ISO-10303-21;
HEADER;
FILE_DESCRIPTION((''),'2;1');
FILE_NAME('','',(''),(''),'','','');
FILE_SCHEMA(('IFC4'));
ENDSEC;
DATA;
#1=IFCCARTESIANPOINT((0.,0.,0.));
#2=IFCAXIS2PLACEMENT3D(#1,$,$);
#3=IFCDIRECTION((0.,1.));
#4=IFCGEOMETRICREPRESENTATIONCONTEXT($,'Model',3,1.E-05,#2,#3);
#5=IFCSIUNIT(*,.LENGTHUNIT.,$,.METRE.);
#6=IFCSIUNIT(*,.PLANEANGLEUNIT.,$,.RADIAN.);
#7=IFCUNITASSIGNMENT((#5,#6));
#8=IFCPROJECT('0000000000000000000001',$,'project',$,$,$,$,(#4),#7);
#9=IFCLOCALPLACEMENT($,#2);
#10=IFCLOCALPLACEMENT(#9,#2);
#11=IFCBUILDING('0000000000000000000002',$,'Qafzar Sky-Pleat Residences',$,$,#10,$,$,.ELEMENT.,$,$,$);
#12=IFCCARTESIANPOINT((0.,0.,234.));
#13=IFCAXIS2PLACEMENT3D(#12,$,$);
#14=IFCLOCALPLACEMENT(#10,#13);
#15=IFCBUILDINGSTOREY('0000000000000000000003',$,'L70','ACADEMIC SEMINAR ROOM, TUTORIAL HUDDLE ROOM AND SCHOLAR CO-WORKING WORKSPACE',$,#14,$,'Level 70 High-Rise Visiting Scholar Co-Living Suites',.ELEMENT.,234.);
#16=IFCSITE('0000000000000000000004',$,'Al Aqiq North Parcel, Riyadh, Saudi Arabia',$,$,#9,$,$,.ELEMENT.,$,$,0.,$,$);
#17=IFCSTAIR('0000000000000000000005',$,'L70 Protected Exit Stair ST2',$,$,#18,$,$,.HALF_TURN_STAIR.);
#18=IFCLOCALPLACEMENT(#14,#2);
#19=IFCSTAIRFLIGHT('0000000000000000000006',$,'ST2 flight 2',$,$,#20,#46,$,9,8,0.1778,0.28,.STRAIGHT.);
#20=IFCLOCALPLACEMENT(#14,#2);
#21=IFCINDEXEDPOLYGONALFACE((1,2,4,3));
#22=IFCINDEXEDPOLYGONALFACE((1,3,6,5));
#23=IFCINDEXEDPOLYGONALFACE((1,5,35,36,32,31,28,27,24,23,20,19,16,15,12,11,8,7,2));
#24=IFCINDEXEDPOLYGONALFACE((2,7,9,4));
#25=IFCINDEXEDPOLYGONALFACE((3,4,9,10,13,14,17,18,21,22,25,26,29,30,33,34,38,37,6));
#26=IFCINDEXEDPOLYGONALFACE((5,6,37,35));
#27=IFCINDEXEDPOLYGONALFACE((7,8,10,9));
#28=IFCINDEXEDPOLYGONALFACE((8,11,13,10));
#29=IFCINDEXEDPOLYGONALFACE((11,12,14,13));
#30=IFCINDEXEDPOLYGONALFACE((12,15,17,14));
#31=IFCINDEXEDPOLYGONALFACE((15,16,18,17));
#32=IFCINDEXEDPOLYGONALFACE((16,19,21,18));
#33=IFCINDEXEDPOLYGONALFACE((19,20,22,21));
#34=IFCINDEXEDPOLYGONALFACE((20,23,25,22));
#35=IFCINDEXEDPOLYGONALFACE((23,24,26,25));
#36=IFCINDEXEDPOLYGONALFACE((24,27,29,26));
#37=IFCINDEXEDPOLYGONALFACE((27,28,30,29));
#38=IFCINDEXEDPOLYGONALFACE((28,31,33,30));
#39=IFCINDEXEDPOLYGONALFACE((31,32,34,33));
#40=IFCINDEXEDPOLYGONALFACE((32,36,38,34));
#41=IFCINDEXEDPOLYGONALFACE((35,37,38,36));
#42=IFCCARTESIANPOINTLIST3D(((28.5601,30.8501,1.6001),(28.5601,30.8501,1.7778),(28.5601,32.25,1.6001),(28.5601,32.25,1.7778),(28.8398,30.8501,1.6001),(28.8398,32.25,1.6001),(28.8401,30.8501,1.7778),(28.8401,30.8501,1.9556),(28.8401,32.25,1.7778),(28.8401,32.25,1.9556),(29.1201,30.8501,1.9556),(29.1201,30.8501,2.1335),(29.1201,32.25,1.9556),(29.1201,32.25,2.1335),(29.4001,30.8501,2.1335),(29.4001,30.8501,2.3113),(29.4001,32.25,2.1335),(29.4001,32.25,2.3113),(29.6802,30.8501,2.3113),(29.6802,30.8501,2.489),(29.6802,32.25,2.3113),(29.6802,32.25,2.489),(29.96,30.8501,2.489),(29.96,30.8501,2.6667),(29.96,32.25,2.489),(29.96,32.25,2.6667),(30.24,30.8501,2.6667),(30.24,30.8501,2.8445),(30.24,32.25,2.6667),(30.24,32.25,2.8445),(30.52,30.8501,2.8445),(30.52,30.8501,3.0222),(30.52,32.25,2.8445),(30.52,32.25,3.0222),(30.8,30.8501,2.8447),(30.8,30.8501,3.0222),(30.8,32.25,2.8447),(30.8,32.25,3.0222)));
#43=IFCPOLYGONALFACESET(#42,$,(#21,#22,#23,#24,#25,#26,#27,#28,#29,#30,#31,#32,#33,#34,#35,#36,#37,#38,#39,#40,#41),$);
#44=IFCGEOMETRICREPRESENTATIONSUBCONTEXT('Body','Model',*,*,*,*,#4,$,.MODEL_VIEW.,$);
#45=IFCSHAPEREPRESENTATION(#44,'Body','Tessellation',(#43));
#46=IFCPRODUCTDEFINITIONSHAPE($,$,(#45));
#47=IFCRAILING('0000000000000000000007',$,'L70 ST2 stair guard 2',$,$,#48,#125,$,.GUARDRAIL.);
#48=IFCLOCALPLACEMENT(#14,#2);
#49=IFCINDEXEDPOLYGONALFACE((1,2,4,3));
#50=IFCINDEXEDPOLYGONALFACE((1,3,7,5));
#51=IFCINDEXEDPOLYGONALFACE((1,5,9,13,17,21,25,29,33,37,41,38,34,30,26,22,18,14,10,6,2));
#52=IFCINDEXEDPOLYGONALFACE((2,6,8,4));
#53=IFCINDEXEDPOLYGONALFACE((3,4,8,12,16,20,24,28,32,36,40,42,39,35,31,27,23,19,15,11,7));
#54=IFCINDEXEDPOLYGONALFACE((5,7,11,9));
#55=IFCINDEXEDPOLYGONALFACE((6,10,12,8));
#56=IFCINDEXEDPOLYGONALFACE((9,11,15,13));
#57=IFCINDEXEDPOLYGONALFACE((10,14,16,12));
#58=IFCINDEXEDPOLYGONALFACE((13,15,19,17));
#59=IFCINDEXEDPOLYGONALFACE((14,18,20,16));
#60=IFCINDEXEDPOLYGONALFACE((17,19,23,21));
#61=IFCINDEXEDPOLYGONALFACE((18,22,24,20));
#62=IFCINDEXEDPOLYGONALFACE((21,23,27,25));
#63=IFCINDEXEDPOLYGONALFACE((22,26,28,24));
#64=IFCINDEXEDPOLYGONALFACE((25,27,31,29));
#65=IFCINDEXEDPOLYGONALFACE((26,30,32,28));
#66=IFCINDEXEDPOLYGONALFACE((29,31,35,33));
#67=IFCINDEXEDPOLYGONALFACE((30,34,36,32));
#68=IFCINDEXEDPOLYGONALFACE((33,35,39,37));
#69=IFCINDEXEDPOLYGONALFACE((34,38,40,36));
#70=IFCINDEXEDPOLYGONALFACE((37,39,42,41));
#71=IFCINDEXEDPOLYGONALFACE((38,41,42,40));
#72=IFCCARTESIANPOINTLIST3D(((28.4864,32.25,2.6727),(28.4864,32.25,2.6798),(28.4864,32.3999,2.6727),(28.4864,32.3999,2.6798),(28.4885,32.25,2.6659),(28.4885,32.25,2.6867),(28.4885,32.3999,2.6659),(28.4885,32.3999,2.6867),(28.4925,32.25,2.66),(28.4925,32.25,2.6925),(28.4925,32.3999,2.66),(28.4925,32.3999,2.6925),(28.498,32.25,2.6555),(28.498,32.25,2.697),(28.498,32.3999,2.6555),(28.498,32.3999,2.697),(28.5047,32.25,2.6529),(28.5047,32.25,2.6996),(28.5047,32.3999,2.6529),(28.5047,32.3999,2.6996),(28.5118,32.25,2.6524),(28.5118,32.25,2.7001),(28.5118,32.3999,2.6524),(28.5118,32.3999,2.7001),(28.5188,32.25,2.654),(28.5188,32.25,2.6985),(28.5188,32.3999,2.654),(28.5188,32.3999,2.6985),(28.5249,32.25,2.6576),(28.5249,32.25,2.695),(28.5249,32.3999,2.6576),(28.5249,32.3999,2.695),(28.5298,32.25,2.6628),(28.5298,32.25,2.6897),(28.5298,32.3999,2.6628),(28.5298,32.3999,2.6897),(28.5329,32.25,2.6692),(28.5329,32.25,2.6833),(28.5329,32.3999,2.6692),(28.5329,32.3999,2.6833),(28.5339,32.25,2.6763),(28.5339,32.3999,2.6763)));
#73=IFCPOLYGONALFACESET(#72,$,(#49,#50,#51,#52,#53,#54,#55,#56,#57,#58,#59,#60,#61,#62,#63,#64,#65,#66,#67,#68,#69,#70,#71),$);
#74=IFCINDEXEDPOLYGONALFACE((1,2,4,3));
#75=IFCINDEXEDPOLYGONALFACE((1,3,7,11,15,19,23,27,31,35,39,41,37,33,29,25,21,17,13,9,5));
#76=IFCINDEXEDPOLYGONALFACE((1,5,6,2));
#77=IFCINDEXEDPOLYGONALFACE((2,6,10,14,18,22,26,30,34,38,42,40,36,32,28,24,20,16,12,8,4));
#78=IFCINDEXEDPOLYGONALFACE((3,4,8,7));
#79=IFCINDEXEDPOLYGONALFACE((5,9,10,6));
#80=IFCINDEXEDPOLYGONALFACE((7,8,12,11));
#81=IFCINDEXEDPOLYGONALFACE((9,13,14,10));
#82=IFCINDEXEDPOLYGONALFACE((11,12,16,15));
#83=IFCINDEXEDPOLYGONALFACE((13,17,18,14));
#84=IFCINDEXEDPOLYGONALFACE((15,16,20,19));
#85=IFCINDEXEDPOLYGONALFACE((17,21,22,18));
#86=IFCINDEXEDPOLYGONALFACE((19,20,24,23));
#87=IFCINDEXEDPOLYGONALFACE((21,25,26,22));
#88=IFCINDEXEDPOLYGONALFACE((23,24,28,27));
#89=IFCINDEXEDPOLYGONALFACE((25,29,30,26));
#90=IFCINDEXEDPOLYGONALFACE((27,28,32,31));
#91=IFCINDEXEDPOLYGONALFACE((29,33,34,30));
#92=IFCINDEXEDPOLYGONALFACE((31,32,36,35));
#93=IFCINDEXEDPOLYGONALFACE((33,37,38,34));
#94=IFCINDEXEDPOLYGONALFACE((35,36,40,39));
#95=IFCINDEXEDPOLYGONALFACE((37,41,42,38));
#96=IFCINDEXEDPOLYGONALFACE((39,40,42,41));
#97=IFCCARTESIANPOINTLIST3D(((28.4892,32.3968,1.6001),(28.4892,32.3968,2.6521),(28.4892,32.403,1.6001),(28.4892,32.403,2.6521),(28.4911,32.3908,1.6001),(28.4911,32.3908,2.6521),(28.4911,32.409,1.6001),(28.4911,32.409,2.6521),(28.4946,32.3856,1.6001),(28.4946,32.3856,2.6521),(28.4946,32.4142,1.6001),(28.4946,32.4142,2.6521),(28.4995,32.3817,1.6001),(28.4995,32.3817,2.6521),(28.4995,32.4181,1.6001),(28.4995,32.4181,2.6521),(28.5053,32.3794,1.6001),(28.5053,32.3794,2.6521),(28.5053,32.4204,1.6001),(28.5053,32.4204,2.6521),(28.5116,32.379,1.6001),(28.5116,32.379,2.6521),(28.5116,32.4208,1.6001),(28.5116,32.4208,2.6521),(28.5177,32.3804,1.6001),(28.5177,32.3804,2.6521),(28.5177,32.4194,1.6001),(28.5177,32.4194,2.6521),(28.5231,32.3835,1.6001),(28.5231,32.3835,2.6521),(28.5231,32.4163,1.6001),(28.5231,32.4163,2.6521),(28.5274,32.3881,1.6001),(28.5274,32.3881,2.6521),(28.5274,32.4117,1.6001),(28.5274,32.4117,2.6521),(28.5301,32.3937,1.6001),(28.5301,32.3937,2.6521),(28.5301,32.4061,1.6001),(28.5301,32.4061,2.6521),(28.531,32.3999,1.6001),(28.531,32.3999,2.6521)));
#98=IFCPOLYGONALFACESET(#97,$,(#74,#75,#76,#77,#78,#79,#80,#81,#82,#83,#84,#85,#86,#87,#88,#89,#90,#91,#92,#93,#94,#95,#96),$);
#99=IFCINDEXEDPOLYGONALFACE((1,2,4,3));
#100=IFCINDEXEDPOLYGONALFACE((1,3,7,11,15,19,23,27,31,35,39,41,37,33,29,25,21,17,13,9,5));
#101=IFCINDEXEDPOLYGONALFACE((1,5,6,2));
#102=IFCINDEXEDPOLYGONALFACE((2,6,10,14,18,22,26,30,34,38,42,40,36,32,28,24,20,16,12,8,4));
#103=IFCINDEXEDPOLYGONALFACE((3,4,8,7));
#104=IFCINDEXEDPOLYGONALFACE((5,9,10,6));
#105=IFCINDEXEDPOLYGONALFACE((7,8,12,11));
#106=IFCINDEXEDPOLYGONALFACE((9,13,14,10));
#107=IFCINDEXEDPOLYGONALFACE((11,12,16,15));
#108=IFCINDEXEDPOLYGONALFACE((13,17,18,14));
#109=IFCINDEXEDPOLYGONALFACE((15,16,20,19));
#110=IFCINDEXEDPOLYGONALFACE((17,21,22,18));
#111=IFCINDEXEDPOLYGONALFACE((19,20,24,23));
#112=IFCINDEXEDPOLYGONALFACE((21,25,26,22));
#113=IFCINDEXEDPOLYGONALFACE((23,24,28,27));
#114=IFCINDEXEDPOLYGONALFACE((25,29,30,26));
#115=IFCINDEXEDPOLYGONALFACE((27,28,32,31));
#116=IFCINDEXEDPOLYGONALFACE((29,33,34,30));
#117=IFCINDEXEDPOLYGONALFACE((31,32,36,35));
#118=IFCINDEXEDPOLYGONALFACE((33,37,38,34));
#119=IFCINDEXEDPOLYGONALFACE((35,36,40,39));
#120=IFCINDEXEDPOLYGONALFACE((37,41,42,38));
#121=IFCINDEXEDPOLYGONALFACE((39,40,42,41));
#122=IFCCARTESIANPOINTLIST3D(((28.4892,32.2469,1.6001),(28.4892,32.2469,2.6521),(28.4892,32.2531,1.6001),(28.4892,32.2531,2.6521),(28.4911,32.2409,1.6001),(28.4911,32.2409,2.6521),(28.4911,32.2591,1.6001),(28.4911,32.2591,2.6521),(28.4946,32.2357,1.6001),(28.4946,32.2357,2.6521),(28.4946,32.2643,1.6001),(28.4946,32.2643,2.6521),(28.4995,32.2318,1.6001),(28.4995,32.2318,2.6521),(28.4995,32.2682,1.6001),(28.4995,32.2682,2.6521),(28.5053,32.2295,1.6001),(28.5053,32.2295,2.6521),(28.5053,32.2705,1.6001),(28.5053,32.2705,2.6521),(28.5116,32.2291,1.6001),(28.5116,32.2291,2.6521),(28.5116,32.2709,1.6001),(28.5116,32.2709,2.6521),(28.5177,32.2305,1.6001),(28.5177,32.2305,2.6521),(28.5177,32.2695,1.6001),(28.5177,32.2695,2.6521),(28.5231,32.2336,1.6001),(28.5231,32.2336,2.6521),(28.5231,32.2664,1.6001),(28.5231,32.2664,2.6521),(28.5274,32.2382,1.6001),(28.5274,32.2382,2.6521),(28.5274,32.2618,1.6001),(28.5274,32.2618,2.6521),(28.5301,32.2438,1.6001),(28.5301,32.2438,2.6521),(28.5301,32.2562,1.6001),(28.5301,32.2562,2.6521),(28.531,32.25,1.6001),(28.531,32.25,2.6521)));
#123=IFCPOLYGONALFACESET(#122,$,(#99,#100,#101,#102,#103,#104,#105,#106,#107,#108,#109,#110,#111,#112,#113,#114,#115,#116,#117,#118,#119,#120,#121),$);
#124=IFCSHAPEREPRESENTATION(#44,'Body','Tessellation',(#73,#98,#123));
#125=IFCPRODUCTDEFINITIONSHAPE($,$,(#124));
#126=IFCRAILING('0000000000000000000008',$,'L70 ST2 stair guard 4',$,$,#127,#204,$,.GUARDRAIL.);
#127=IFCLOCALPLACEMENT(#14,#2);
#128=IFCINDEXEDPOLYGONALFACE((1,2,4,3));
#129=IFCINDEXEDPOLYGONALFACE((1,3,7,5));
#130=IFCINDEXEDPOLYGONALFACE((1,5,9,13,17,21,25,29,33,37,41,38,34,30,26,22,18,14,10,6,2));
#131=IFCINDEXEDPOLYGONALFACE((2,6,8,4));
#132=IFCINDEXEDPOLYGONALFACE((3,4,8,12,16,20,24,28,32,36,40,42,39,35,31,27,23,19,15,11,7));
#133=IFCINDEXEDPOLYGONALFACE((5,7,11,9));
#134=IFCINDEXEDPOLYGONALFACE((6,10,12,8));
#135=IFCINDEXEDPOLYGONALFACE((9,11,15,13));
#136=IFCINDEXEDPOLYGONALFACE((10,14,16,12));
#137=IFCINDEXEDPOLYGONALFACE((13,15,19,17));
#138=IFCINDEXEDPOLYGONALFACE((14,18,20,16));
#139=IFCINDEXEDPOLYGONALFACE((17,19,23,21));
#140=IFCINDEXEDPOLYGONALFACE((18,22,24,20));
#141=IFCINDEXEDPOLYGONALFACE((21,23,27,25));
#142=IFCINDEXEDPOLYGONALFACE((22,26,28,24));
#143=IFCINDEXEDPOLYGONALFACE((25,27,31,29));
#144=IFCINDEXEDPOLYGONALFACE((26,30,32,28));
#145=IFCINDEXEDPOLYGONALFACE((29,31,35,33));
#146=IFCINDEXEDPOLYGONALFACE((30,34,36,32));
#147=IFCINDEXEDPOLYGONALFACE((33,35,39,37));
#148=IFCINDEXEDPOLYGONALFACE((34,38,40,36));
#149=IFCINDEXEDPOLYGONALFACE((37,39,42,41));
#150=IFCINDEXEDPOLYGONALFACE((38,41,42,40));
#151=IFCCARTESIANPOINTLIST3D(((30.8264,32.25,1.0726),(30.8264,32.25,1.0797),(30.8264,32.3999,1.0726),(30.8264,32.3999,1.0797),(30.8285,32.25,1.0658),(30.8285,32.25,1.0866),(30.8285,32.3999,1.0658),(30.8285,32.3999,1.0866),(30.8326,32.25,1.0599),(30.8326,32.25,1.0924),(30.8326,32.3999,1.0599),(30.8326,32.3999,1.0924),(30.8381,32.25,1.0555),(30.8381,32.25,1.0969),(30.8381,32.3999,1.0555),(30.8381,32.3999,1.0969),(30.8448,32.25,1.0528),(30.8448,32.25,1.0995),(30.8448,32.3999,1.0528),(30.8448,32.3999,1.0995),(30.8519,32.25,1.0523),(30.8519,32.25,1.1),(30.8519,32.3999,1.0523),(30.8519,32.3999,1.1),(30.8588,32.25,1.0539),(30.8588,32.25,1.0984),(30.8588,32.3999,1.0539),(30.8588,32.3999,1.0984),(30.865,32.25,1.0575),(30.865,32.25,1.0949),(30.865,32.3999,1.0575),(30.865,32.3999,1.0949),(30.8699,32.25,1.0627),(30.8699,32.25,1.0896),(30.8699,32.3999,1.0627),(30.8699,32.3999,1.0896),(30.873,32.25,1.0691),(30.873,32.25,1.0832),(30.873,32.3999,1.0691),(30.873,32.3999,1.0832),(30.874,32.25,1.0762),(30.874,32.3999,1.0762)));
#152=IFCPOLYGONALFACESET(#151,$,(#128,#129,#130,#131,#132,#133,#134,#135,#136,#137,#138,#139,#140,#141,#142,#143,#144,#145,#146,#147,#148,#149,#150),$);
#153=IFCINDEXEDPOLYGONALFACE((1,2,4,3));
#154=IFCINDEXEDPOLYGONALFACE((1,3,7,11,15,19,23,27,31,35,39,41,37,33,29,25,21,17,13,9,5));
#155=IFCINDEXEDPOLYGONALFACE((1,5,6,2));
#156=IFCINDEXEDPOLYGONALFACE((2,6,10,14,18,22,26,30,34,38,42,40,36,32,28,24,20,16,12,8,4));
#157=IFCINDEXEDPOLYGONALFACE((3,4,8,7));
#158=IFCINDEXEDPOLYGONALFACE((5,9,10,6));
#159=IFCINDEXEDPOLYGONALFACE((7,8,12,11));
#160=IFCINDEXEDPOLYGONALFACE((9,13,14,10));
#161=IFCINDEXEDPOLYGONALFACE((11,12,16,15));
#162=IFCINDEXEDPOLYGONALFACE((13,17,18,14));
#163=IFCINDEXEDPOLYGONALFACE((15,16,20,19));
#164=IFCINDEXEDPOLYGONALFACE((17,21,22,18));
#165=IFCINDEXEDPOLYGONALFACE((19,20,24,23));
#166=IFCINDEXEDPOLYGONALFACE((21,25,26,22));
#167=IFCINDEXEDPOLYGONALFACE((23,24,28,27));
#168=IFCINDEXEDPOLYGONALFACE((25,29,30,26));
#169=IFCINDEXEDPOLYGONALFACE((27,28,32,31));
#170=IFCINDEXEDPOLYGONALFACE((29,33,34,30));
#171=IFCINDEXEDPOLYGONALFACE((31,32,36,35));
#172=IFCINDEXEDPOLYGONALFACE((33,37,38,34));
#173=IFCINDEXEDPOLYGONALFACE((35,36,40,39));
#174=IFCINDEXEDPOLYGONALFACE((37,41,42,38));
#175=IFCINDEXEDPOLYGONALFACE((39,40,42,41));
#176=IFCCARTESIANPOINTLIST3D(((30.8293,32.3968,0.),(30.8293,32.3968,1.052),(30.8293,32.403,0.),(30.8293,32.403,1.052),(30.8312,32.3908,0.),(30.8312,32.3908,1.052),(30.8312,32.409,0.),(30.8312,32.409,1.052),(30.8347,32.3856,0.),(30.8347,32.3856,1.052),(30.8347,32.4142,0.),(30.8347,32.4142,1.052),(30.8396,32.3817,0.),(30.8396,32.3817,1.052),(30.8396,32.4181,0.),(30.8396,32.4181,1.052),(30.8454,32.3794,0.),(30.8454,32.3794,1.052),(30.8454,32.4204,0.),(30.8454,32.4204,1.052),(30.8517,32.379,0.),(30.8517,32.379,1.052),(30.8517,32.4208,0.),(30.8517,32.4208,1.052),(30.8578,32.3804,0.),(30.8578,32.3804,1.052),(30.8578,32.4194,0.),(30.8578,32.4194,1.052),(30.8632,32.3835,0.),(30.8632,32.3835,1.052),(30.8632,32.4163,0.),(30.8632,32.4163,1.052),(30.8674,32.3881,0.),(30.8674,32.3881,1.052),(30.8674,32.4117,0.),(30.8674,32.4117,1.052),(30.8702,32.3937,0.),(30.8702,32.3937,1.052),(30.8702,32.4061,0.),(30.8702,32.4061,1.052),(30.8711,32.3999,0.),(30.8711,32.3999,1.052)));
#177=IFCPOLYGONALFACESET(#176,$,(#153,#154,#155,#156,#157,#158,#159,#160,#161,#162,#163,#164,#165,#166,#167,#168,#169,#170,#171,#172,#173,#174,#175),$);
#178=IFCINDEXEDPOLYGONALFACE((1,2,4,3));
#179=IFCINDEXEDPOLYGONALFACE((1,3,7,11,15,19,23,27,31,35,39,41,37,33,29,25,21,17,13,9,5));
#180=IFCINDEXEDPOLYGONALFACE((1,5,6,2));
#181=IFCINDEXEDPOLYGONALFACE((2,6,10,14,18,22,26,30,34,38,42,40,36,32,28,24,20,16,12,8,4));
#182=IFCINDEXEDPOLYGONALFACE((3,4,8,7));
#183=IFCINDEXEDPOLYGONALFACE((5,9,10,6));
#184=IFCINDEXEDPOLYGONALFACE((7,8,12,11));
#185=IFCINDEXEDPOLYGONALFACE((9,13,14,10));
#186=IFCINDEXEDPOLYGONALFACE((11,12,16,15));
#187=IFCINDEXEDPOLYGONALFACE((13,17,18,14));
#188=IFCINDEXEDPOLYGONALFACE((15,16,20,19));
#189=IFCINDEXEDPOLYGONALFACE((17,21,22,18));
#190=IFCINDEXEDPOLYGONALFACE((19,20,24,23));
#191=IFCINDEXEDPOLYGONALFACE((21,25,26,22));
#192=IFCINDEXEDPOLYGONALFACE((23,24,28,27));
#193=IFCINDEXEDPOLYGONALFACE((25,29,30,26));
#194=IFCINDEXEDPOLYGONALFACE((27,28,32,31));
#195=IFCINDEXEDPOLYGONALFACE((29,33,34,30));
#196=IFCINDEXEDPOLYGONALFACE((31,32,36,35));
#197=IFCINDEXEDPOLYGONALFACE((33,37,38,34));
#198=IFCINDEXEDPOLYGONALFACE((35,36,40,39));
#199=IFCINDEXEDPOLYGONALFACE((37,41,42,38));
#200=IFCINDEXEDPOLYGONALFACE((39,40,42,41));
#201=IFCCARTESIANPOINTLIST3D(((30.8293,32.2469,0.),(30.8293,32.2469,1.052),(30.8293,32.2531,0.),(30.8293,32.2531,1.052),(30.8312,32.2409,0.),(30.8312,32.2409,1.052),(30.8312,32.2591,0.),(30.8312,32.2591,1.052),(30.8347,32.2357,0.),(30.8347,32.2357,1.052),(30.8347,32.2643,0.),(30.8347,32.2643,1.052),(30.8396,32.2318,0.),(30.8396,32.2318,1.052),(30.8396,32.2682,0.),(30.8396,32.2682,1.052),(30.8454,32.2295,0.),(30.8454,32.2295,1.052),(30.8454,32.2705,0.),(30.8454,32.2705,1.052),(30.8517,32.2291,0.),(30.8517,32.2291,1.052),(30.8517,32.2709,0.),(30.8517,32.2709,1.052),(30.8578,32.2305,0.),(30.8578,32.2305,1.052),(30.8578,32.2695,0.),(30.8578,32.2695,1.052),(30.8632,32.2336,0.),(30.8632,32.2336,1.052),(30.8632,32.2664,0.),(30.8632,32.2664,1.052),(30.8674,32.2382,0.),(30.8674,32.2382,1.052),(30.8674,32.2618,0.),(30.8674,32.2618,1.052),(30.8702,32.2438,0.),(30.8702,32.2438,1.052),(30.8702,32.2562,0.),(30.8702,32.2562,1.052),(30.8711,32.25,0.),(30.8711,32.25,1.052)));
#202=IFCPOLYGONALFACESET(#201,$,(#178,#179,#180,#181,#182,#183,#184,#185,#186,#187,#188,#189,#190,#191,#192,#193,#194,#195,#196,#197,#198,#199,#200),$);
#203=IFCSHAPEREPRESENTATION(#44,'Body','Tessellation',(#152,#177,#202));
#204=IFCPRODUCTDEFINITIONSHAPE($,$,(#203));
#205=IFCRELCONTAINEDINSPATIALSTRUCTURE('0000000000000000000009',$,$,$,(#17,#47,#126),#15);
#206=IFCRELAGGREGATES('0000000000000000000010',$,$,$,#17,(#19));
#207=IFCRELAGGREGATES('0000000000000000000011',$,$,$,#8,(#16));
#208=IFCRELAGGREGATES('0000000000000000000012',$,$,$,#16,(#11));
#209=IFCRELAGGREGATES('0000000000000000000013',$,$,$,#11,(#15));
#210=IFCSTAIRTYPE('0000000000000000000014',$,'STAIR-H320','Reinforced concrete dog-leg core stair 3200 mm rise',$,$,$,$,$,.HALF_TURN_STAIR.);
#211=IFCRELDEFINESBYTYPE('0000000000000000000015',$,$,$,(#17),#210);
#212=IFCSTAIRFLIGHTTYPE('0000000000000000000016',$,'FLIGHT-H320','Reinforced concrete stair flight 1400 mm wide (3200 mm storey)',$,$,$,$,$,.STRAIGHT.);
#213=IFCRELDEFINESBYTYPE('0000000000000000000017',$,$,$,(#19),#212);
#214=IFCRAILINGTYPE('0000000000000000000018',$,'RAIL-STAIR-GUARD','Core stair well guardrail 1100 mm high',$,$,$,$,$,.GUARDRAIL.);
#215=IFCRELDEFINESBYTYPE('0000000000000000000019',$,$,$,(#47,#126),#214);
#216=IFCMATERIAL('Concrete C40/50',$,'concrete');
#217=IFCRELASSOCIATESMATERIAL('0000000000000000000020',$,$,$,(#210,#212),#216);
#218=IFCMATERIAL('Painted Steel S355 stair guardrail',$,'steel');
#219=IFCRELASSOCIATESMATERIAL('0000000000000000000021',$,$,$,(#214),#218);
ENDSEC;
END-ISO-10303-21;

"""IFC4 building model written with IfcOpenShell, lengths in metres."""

from ifc_helpers import new_model, si_unit, direction, frame, origin, origin_2d, place, context, subcontext, project, spatial, polyline, circle, outline, extrude, source, transform, mapped, material, type_object, element, aggregate, save


model = new_model("IFC4")

# Units and contexts
model_context = context("Model", 3, precision=1e-05, world=origin(), true_north=direction((0.0, 1.0)))
body_context = subcontext(model_context, "Body", "Model", "MODEL_VIEW")
ifc_project = project(units=[si_unit("LENGTHUNIT", "METRE"), si_unit("PLANEANGLEUNIT", "RADIAN")], contexts=[model_context])

# Site, building, storey
site_placement = place(None, origin())
site = spatial("IfcSite", under=ifc_project, at=site_placement, Name="Al Aqiq North Parcel, Riyadh, Saudi Arabia", CompositionType="ELEMENT", RefElevation=0.0)
building_placement = place(site_placement, origin())
building = spatial("IfcBuilding", under=site, at=building_placement, Name="Qafzar Sky-Pleat Residences", CompositionType="ELEMENT")
storey_placement = place(building_placement, frame((0.0, 0.0, 234.0)))
storey = spatial("IfcBuildingStorey", under=building, at=storey_placement, Name="L70", Description="ACADEMIC SEMINAR ROOM, TUTORIAL HUDDLE ROOM AND SCHOLAR CO-WORKING WORKSPACE", LongName="Level 70 High-Rise Visiting Scholar Co-Living Suites", CompositionType="ELEMENT", Elevation=234.0)

# Stair, stair flight
ifc_material_1 = material(Name="Concrete C40/50", Category="concrete")
stair_type = type_object("IfcStairType", Name="STAIR-H320", Description="Reinforced concrete dog-leg core stair 3200 mm rise", PredefinedType="HALF_TURN_STAIR", material=ifc_material_1)
stair_placement = place(storey_placement, origin())
stair = element("IfcStair", 1, at=stair_placement, inside=storey, type_object=stair_type, Name="L70 Protected Exit Stair ST2", PredefinedType="HALF_TURN_STAIR")
stair_flight_type = type_object("IfcStairFlightType", Name="FLIGHT-H320", Description="Reinforced concrete stair flight 1400 mm wide (3200 mm storey)", PredefinedType="STRAIGHT", material=ifc_material_1)
shared_shape_1 = source(origin(), body_context, "Body", "SweptSolid", [
    extrude(outline(polyline([(0.0, 0.0), (0.0, 0.1777), (0.28, 0.1777), (0.28, 0.3555), (0.5601, 0.3555), (0.5601, 0.5334), (0.8401, 0.5334), (0.8401, 0.7112), (1.1201, 0.7112), (1.1201, 0.8889), (1.3999, 0.8889), (1.3999, 1.0667), (1.6799, 1.0667), (1.6799, 1.2444), (1.96, 1.2444), (1.96, 1.4221), (2.24, 1.4221), (2.24, 1.6001), (2.24, 1.2446), (0.2798, 0.0), (0.0, 0.0)])), frame((0.0, 0.7, 0.0), z_axis=(0.0, -1.0, 0.0), x_axis=(1.0, 0.0, 0.0)), (0.0, 0.0, 1.0), 1.3999),
])
stair_flight_1_placement = place(storey_placement, frame((28.5601, 31.55, 1.6001), z_axis=(0.0, 0.0, 1.0), x_axis=(1.0, 0.0, 0.0)))
stair_flight_1 = element("IfcStairFlight", 2, at=stair_flight_1_placement, type_object=stair_flight_type, Name="ST2 flight 2", NumberOfRisers=9, NumberOfTreads=8, PredefinedType="STRAIGHT", RiserHeight=0.1778, TreadLength=0.28, context=body_context, shape_type="MappedRepresentation", body=[
    mapped(shared_shape_1, transform((0.0, 0.0, 0.0), x_axis=(1.0, 0.0, 0.0), y_axis=(0.0, 1.0, 0.0), z_axis=(0.0, 0.0, 1.0), scale=1.0)),
])
aggregate(stair, [stair_flight_1])

# Railings
ifc_material_2 = material(Name="Painted Steel S355 stair guardrail", Category="steel")
railing_type_1 = type_object("IfcRailingType", Name="RAIL-STAIR-GUARD", Description="Core stair well guardrail 1100 mm high", PredefinedType="GUARDRAIL", material=ifc_material_2)
shared_shape_2 = source(origin(), body_context, "Body", "SweptSolid", [
    extrude(circle(Radius=0.0239, at=origin_2d()), frame((0.0, 0.0, 1.0762), z_axis=(0.0, -1.0, 0.0), x_axis=(1.0, 0.0, 0.0)), (0.0, 0.0, 1.0), 0.1499),
    extrude(circle(Radius=0.021, at=origin_2d()), origin(), (0.0, 0.0, 1.0), 1.052),
    extrude(circle(Radius=0.021, at=origin_2d()), frame((0.0, -0.1499, 0.0)), (0.0, 0.0, 1.0), 1.052),
])
for number, where, name in (
    (3, (28.51, 32.3999, 1.6001), "L70 ST2 stair guard 2"),
    (4, (30.8501, 32.3999, 0.0), "L70 ST2 stair guard 4"),
):
    element("IfcRailing", number, at=place(storey_placement, frame(where)), inside=storey, type_object=railing_type_1, Name=name, PredefinedType="GUARDRAIL", context=body_context, shape_type="MappedRepresentation", body=[
        mapped(shared_shape_2, transform((0.0, 0.0, 0.0), x_axis=(1.0, 0.0, 0.0), y_axis=(0.0, 1.0, 0.0), z_axis=(0.0, 0.0, 1.0), scale=1.0)),
    ])

save(model, "model.ifc")
